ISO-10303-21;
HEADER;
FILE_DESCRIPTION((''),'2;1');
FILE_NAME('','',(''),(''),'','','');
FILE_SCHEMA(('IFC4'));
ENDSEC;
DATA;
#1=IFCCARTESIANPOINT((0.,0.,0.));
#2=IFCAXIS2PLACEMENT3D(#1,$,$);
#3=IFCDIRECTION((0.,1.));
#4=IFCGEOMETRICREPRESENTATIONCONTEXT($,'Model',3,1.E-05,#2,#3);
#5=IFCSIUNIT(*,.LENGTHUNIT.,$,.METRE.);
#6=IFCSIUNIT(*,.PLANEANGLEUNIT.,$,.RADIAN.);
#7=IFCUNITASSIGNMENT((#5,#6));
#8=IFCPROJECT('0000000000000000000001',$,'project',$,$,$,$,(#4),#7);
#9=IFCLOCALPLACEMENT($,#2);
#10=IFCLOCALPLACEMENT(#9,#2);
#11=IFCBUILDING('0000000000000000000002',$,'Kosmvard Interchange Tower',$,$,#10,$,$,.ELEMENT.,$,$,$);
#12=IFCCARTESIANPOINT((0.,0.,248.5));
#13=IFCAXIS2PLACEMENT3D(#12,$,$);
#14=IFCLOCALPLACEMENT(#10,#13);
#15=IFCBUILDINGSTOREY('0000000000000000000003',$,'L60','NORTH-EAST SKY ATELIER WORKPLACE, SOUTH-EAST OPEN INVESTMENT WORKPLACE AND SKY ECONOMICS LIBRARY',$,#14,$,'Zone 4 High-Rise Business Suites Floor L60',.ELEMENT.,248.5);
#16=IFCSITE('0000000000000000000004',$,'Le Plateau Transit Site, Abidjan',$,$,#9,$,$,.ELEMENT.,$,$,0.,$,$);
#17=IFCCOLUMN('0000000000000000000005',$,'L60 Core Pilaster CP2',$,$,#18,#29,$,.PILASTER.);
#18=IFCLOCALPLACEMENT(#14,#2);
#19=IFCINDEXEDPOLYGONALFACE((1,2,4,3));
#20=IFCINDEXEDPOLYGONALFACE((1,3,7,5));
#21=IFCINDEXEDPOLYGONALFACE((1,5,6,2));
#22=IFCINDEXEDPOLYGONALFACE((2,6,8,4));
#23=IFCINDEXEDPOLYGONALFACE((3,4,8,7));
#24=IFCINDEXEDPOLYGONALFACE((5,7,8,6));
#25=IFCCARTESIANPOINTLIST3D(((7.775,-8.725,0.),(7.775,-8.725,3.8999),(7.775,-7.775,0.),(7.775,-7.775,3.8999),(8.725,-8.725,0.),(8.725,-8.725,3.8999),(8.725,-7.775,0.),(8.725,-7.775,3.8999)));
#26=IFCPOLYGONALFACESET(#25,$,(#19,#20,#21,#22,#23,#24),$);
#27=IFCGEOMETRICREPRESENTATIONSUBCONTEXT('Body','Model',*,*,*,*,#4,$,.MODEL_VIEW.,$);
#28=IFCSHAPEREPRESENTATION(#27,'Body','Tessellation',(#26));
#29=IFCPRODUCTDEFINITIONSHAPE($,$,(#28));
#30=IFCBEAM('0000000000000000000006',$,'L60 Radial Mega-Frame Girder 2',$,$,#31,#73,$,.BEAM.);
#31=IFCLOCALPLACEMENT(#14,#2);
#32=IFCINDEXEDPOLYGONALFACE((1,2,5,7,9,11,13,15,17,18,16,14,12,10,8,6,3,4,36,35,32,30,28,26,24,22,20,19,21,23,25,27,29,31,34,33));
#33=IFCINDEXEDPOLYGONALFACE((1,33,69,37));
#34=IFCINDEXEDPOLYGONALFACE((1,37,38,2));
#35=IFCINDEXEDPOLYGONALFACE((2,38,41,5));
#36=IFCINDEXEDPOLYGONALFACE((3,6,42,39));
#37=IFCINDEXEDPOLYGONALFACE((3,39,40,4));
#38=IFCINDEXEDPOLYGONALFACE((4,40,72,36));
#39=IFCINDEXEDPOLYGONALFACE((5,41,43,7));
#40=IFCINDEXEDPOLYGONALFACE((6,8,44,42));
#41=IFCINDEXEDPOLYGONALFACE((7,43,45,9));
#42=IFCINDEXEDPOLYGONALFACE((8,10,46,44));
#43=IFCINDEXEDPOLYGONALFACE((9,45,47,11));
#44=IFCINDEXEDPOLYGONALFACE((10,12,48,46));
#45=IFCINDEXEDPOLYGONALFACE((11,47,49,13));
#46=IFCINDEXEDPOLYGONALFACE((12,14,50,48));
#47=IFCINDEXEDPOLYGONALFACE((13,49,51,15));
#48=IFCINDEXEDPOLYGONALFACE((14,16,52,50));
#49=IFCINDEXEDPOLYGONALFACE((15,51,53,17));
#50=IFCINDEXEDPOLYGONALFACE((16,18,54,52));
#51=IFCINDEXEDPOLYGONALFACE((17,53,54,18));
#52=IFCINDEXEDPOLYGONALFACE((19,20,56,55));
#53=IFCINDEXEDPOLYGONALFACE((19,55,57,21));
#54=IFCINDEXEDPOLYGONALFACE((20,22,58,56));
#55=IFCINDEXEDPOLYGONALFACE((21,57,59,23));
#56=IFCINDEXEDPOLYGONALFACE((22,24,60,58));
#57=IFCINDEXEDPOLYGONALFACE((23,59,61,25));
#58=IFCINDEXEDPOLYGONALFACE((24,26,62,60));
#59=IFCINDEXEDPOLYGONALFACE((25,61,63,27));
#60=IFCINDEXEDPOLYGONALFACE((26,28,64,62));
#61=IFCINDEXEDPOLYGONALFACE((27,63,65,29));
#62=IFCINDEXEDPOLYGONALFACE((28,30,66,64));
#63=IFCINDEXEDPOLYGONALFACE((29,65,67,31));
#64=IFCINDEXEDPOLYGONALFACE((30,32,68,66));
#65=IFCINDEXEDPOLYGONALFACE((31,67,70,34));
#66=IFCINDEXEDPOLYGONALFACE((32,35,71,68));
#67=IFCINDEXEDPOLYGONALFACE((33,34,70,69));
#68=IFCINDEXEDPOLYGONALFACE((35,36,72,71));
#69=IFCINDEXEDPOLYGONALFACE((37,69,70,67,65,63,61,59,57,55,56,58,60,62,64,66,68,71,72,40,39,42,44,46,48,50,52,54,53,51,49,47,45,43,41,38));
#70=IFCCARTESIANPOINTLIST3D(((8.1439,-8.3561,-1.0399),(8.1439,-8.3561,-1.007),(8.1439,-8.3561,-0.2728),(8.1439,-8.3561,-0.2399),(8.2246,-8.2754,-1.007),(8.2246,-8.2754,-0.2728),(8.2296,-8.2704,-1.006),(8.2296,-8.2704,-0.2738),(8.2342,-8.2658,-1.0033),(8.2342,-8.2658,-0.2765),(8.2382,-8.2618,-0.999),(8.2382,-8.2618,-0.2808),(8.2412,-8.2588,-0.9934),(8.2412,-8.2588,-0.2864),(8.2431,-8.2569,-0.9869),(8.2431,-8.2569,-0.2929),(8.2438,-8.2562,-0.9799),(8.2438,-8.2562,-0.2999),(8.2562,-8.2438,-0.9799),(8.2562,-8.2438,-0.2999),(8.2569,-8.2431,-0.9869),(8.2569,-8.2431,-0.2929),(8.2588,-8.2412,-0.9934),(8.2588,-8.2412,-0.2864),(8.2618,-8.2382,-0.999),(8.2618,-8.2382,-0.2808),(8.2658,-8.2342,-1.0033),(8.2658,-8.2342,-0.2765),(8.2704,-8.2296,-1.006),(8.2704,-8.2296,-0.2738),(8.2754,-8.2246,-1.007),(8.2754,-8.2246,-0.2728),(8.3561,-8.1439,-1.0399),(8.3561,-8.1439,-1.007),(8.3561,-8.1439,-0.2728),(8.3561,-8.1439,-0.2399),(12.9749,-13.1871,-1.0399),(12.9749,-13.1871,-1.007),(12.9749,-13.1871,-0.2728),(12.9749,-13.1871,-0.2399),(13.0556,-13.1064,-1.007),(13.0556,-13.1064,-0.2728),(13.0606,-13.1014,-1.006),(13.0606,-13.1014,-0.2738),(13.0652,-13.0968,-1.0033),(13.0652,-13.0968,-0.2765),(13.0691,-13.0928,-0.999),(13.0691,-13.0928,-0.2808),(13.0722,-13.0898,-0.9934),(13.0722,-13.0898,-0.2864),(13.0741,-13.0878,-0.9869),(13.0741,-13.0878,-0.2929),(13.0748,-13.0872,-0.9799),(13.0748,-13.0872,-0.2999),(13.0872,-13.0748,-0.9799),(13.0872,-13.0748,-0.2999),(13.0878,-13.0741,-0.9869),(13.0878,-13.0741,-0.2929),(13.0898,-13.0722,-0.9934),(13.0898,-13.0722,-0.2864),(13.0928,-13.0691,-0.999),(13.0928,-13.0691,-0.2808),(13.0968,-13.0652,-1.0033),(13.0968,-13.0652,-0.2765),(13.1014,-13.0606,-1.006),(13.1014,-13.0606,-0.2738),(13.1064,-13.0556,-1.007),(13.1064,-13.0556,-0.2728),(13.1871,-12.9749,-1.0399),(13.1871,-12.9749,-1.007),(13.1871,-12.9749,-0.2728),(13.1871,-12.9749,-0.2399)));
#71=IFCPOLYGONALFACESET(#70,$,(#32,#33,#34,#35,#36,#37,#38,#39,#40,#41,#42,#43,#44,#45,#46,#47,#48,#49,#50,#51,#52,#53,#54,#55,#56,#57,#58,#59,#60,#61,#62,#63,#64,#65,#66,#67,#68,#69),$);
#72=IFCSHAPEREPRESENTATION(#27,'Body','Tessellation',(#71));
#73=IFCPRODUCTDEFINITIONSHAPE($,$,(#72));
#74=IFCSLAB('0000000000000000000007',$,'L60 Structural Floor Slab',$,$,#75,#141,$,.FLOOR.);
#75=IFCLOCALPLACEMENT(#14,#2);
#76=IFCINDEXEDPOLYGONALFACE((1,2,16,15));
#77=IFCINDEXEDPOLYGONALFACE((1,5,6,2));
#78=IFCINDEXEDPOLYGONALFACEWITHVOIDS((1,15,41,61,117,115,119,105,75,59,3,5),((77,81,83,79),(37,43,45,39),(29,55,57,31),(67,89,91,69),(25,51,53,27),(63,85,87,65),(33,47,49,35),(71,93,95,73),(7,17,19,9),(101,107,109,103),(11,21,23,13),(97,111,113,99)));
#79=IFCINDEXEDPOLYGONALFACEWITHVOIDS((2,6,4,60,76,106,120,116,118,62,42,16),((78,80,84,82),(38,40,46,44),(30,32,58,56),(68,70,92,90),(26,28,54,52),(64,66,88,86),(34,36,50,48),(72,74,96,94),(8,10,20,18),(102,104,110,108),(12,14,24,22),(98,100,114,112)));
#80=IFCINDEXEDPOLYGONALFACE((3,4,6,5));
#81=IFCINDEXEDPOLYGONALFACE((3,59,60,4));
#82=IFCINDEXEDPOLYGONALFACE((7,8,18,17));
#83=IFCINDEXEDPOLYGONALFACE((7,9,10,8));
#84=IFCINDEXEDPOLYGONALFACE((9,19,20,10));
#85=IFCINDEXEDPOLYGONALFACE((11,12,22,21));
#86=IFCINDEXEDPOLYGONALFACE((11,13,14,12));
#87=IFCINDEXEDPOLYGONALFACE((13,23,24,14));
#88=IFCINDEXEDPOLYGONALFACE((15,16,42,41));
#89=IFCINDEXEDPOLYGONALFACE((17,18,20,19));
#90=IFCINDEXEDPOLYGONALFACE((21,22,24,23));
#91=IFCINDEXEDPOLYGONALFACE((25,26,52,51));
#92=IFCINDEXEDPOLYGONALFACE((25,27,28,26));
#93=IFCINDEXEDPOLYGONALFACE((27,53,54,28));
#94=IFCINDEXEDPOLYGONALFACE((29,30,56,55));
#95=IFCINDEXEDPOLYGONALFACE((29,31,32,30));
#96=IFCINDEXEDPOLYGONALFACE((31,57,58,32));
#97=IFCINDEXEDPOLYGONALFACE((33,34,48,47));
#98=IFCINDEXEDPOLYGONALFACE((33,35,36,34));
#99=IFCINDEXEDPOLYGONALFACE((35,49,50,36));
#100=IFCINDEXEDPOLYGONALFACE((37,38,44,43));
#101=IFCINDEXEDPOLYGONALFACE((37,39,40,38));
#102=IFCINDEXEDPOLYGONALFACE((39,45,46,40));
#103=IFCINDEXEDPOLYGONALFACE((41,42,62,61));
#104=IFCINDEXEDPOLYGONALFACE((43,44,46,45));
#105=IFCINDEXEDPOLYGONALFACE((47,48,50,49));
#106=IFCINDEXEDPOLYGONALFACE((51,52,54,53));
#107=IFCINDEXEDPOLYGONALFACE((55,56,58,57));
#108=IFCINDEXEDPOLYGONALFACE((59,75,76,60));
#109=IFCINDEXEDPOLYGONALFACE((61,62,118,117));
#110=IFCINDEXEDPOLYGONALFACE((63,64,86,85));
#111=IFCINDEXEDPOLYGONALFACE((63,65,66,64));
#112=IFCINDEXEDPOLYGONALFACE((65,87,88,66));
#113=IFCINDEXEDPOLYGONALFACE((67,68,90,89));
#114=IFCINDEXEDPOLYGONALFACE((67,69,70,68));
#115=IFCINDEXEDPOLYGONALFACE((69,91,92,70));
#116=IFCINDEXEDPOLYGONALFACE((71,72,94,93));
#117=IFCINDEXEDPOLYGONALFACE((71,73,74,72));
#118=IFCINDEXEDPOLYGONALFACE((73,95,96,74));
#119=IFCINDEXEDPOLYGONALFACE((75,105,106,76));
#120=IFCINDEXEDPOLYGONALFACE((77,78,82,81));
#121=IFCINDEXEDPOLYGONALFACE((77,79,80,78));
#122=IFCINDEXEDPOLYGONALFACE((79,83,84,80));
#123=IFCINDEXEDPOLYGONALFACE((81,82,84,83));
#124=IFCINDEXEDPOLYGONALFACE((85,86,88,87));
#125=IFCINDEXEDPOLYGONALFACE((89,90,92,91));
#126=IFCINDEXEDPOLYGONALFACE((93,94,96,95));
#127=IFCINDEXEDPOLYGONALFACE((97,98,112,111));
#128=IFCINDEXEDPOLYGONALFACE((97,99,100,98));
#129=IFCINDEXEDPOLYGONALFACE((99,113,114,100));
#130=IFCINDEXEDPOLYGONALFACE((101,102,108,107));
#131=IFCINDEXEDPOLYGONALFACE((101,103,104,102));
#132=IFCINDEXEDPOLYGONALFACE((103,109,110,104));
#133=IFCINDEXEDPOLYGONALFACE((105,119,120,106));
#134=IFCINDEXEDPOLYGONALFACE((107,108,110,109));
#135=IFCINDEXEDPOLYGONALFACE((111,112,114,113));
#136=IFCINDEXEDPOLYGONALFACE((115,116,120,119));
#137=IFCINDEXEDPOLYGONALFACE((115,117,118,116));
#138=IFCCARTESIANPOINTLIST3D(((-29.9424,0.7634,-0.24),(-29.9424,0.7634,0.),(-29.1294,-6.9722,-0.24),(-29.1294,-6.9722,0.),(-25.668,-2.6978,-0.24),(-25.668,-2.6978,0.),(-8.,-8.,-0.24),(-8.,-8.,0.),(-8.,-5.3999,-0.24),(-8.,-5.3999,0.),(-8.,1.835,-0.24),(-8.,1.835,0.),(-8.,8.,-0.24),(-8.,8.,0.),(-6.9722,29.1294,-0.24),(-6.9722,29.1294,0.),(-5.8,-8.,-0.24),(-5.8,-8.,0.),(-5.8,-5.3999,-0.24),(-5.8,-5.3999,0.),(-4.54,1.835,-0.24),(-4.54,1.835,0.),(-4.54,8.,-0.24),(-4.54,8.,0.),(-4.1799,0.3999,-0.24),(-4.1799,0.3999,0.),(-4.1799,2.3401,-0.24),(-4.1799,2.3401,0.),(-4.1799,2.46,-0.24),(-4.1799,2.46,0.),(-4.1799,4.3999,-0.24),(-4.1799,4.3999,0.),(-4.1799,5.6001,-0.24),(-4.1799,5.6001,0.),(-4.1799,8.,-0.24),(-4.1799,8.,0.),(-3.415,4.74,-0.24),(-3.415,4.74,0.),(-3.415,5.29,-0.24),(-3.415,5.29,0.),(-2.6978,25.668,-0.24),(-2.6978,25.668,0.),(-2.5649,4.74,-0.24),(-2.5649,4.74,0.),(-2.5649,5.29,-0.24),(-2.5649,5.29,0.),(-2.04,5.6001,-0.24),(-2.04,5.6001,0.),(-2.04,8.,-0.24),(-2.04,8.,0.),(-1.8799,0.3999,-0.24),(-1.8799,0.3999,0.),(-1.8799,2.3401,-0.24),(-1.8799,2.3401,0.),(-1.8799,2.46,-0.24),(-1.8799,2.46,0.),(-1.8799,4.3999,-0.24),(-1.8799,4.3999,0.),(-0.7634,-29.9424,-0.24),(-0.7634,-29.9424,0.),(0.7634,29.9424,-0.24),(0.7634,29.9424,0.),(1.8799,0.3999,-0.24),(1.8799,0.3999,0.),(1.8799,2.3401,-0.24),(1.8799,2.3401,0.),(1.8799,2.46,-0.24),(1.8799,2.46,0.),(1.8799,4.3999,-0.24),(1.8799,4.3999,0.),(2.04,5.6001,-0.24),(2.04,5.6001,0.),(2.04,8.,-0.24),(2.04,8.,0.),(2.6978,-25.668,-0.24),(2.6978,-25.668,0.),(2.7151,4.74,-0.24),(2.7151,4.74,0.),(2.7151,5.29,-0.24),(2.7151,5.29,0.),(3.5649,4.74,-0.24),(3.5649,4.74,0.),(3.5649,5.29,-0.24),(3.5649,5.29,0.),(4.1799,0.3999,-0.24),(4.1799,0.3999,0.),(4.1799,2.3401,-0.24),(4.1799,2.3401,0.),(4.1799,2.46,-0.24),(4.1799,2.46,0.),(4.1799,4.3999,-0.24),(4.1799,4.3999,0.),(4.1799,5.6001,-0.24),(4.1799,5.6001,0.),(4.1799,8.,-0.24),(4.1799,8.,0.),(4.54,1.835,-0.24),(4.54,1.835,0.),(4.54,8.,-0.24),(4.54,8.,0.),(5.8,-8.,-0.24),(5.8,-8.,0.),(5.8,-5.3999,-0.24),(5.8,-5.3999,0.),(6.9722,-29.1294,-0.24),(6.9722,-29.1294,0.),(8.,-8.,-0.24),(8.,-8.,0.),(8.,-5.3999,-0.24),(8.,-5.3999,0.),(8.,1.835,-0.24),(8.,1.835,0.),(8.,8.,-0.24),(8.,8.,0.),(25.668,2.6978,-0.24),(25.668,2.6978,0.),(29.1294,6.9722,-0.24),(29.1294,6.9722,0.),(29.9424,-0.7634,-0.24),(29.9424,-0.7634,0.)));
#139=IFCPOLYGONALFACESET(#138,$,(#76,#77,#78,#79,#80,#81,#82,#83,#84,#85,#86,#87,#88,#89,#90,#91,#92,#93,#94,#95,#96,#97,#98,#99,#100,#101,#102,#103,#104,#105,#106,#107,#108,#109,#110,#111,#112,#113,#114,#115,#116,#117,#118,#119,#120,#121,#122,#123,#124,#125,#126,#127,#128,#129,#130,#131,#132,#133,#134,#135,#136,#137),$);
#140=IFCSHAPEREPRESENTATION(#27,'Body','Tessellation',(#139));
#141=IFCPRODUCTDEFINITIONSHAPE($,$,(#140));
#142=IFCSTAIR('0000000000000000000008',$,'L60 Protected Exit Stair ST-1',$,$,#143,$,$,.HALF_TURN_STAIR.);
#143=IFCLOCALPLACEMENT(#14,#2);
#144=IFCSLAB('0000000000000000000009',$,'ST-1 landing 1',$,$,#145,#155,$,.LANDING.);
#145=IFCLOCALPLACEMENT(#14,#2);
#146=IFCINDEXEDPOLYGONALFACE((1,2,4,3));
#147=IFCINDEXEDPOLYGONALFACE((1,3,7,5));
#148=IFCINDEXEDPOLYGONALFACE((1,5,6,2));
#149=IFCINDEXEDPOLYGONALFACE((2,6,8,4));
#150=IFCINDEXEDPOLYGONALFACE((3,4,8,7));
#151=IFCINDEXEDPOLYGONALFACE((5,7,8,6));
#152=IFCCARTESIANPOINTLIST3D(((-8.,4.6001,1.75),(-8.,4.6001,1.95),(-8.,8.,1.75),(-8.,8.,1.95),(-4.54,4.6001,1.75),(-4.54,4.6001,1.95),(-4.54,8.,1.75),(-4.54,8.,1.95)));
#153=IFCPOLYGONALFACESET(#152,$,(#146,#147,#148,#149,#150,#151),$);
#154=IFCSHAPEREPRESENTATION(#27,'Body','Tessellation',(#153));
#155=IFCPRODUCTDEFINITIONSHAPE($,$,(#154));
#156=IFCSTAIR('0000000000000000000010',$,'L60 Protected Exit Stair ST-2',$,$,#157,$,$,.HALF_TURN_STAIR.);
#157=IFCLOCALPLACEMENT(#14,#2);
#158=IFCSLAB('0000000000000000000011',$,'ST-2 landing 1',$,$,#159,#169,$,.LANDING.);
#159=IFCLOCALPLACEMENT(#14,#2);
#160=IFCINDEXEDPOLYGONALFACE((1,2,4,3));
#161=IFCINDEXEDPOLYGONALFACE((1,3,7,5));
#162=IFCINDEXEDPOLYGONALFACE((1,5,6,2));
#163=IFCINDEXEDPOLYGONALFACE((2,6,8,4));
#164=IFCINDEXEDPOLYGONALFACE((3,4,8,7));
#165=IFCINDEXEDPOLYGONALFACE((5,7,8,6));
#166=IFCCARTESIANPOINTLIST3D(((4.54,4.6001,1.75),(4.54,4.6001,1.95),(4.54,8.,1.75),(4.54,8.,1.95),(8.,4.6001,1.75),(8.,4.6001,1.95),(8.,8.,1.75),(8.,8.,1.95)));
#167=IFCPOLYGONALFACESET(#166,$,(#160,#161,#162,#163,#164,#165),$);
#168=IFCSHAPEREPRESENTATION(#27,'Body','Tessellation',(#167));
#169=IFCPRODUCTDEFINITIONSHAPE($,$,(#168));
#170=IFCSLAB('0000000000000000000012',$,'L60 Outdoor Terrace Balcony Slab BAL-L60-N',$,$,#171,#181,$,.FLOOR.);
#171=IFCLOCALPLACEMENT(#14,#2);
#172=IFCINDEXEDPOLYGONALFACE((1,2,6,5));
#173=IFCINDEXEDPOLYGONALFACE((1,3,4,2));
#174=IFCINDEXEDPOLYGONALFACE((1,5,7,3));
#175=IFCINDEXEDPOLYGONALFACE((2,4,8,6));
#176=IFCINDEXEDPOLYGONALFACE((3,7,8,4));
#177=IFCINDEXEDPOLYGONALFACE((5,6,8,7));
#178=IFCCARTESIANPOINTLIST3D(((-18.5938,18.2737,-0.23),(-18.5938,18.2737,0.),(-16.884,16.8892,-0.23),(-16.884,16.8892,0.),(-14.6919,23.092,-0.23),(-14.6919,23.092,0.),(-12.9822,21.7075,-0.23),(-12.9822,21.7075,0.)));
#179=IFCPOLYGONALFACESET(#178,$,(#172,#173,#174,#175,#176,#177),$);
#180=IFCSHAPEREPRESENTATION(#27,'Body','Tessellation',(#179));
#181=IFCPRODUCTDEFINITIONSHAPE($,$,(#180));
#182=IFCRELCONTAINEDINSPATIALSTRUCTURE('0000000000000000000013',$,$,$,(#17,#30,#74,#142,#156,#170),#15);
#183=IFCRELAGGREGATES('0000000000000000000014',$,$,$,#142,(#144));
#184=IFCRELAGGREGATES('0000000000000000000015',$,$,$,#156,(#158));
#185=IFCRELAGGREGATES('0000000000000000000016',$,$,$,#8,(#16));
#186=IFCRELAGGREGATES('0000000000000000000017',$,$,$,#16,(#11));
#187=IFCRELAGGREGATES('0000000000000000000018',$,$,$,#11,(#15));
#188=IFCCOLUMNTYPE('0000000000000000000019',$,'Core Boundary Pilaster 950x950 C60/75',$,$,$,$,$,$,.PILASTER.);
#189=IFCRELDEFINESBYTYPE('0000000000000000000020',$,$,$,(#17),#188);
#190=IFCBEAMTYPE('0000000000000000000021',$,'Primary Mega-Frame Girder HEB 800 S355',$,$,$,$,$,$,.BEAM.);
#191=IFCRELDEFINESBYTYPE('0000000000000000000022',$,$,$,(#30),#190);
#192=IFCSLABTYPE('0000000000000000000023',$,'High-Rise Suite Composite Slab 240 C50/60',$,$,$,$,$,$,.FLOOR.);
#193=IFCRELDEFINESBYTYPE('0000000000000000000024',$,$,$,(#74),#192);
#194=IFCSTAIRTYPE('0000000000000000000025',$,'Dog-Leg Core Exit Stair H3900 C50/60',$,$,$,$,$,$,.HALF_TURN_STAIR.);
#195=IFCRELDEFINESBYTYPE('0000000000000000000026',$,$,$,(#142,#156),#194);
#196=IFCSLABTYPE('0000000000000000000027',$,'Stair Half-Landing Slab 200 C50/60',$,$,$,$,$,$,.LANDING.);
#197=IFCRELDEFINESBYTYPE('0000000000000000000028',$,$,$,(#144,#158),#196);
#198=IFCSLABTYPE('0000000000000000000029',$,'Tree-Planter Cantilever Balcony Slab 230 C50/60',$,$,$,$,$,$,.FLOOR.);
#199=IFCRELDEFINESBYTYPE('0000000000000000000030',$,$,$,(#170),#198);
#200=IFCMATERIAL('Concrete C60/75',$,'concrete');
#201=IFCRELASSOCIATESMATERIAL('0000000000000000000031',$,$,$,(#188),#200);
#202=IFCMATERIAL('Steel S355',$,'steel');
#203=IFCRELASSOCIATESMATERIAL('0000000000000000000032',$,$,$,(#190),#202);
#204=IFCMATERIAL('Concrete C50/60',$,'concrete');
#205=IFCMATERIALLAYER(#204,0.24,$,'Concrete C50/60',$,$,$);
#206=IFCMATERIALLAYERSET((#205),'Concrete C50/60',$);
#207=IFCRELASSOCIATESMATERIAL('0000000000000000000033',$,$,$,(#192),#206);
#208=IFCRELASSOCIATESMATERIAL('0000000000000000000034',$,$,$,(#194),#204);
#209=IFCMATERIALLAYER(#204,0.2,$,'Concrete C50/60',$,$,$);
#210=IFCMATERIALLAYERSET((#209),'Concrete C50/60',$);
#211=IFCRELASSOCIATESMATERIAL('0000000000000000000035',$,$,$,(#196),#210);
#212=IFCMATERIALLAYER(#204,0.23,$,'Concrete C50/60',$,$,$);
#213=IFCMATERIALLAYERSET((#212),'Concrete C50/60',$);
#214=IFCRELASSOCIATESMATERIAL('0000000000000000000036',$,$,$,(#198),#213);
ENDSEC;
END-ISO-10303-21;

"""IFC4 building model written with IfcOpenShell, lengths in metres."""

from ifc_helpers import new_model, si_unit, direction, frame, origin, origin_2d, place, context, subcontext, project, spatial, polyline, rectangle, i_section, outline, extrude, source, transform, mapped, material, layer, layer_set, material_profile, profile_set, type_object, element, aggregate, save


model = new_model("IFC4")

# Units and contexts
model_context = context("Model", 3, precision=1e-05, world=origin(), true_north=direction((0.0, 1.0)))
body_context = subcontext(model_context, "Body", "Model", "MODEL_VIEW")
ifc_project = project(units=[si_unit("LENGTHUNIT", "METRE"), si_unit("PLANEANGLEUNIT", "RADIAN")], contexts=[model_context])

# Site, building, storey
site_placement = place(None, origin())
site = spatial("IfcSite", under=ifc_project, at=site_placement, Name="Le Plateau Transit Site, Abidjan", CompositionType="ELEMENT", RefElevation=0.0)
building_placement = place(site_placement, origin())
building = spatial("IfcBuilding", under=site, at=building_placement, Name="Kosmvard Interchange Tower", CompositionType="ELEMENT")
storey_placement = place(building_placement, frame((0.0, 0.0, 248.5)))
storey = spatial("IfcBuildingStorey", under=building, at=storey_placement, Name="L60", Description="NORTH-EAST SKY ATELIER WORKPLACE, SOUTH-EAST OPEN INVESTMENT WORKPLACE AND SKY ECONOMICS LIBRARY", LongName="Zone 4 High-Rise Business Suites Floor L60", CompositionType="ELEMENT", Elevation=248.5)

# Column
ifc_material_1 = material(Name="Concrete C60/75", Category="concrete")
ifc_material_profile_1 = material_profile(ifc_material_1, rectangle(XDim=0.95, YDim=0.95, at=origin_2d()), Name="CP 950x950")
ifc_profile_set_1 = profile_set([ifc_material_profile_1], Name="Concrete C60/75")
column_type = type_object("IfcColumnType", Name="Core Boundary Pilaster 950x950 C60/75", PredefinedType="PILASTER", material=ifc_profile_set_1)
shared_shape_1 = source(origin(), body_context, "Body", "SweptSolid", [
    extrude(rectangle(XDim=0.95, YDim=0.95, at=origin_2d()), origin(), (0.0, 0.0, 1.0), 3.8999),
])
column_placement = place(storey_placement, frame((8.25, -8.25, 0.0), z_axis=(0.0, 0.0, 1.0), x_axis=(1.0, 0.0, 0.0)))
element("IfcColumn", 1, at=column_placement, inside=storey, type_object=column_type, Name="L60 Core Pilaster CP2", PredefinedType="PILASTER", context=body_context, shape_type="MappedRepresentation", body=[
    mapped(shared_shape_1, transform((0.0, 0.0, 0.0), scale=1.0)),
])

# Beam
ifc_material_2 = material(Name="Steel S355", Category="steel")
ifc_material_profile_2 = material_profile(ifc_material_2, i_section(OverallWidth=0.3, OverallDepth=0.8, WebThickness=0.0176, FlangeThickness=0.033, FilletRadius=0.0271, at=origin_2d()), Name="HEB 800")
ifc_profile_set_2 = profile_set([ifc_material_profile_2], Name="Steel S355")
beam_type = type_object("IfcBeamType", Name="Primary Mega-Frame Girder HEB 800 S355", PredefinedType="BEAM", material=ifc_profile_set_2)
shared_shape_2 = source(origin(), body_context, "Body", "SweptSolid", [
    extrude(i_section(OverallWidth=0.3, OverallDepth=0.8, WebThickness=0.0176, FlangeThickness=0.033, FilletRadius=0.0271, at=origin_2d()), origin(), (0.0, 0.0, 1.0), 6.832),
])
beam_placement = place(storey_placement, frame((8.25, -8.25, -0.6399), z_axis=(0.707107, -0.707107, 0.0), x_axis=(0.707107, 0.707107, 0.0)))
element("IfcBeam", 2, at=beam_placement, inside=storey, type_object=beam_type, Name="L60 Radial Mega-Frame Girder 2", PredefinedType="BEAM", context=body_context, shape_type="MappedRepresentation", body=[
    mapped(shared_shape_2, transform((0.0, 0.0, 0.0), scale=1.0)),
])

# Slab
ifc_material_3 = material(Name="Concrete C50/60", Category="concrete")
ifc_layer_1 = layer(ifc_material_3, 0.24, Name="Concrete C50/60")
ifc_layer_set_1 = layer_set([ifc_layer_1], Name="Concrete C50/60")
slab_type_1 = type_object("IfcSlabType", Name="High-Rise Suite Composite Slab 240 C50/60", PredefinedType="FLOOR", material=ifc_layer_set_1)
slab_1_placement = place(storey_placement, frame((0.0, 0.0, -0.24)))
element("IfcSlab", 3, at=slab_1_placement, inside=storey, type_object=slab_type_1, Name="L60 Structural Floor Slab", PredefinedType="FLOOR", context=body_context, shape_type="SweptSolid", body=[
    extrude(outline(polyline([(6.9722, -29.1294), (29.9424, -0.7634), (25.668, 2.6978), (29.1294, 6.9722), (0.7634, 29.9424), (-2.6978, 25.668), (-6.9722, 29.1294), (-29.9424, 0.7634), (-25.668, -2.6978), (-29.1294, -6.9722), (-0.7634, -29.9424), (2.6978, -25.668), (6.9722, -29.1294)]), holes=[polyline([(-8.0, 1.835), (-4.54, 1.835), (-4.54, 8.0), (-8.0, 8.0), (-8.0, 1.835)]), polyline([(4.54, 1.835), (8.0, 1.835), (8.0, 8.0), (4.54, 8.0), (4.54, 1.835)]), polyline([(-8.0, -8.0), (-5.8, -8.0), (-5.8, -5.3999), (-8.0, -5.3999), (-8.0, -8.0)]), polyline([(5.8, -8.0), (8.0, -8.0), (8.0, -5.3999), (5.8, -5.3999), (5.8, -8.0)]), polyline([(-4.1799, 0.3999), (-1.8799, 0.3999), (-1.8799, 2.3401), (-4.1799, 2.3401), (-4.1799, 0.3999)]), polyline([(-4.1799, 2.46), (-1.8799, 2.46), (-1.8799, 4.3999), (-4.1799, 4.3999), (-4.1799, 2.46)]), polyline([(1.8799, 0.3999), (4.1799, 0.3999), (4.1799, 2.3401), (1.8799, 2.3401), (1.8799, 0.3999)]), polyline([(1.8799, 2.46), (4.1799, 2.46), (4.1799, 4.3999), (1.8799, 4.3999), (1.8799, 2.46)]), polyline([(-4.1799, 5.6001), (-2.04, 5.6001), (-2.04, 8.0), (-4.1799, 8.0), (-4.1799, 5.6001)]), polyline([(2.04, 5.6001), (4.1799, 5.6001), (4.1799, 8.0), (2.04, 8.0), (2.04, 5.6001)]), polyline([(-3.415, 4.74), (-2.5649, 4.74), (-2.5649, 5.29), (-3.415, 5.29), (-3.415, 4.74)]), polyline([(2.7151, 4.74), (3.5649, 4.74), (3.5649, 5.29), (2.7151, 5.29), (2.7151, 4.74)])]), origin(), (0.0, 0.0, 1.0), 0.24),
])

# Stairs, slabs
stair_type = type_object("IfcStairType", Name="Dog-Leg Core Exit Stair H3900 C50/60", PredefinedType="HALF_TURN_STAIR", material=ifc_material_3)
stair_1_placement = place(storey_placement, origin())
stair_1 = element("IfcStair", 4, at=stair_1_placement, inside=storey, type_object=stair_type, Name="L60 Protected Exit Stair ST-1", PredefinedType="HALF_TURN_STAIR")
ifc_layer_2 = layer(ifc_material_3, 0.2, Name="Concrete C50/60")
ifc_layer_set_2 = layer_set([ifc_layer_2], Name="Concrete C50/60")
slab_type_2 = type_object("IfcSlabType", Name="Stair Half-Landing Slab 200 C50/60", PredefinedType="LANDING", material=ifc_layer_set_2)
slab_2_placement = place(storey_placement, frame((0.0, 0.0, 1.75)))
slab_2 = element("IfcSlab", 5, at=slab_2_placement, type_object=slab_type_2, Name="ST-1 landing 1", PredefinedType="LANDING", context=body_context, shape_type="SweptSolid", body=[
    extrude(outline(polyline([(-4.54, 4.6001), (-4.54, 8.0), (-8.0, 8.0), (-8.0, 4.6001), (-4.54, 4.6001)])), origin(), (0.0, 0.0, 1.0), 0.2),
])
aggregate(stair_1, [slab_2])
stair_2_placement = place(storey_placement, origin())
stair_2 = element("IfcStair", 6, at=stair_2_placement, inside=storey, type_object=stair_type, Name="L60 Protected Exit Stair ST-2", PredefinedType="HALF_TURN_STAIR")
slab_3_placement = place(storey_placement, frame((0.0, 0.0, 1.75)))
slab_3 = element("IfcSlab", 7, at=slab_3_placement, type_object=slab_type_2, Name="ST-2 landing 1", PredefinedType="LANDING", context=body_context, shape_type="SweptSolid", body=[
    extrude(outline(polyline([(8.0, 4.6001), (8.0, 8.0), (4.54, 8.0), (4.54, 4.6001), (8.0, 4.6001)])), origin(), (0.0, 0.0, 1.0), 0.2),
])
aggregate(stair_2, [slab_3])

# Slab
ifc_layer_3 = layer(ifc_material_3, 0.23, Name="Concrete C50/60")
ifc_layer_set_3 = layer_set([ifc_layer_3], Name="Concrete C50/60")
slab_type_3 = type_object("IfcSlabType", Name="Tree-Planter Cantilever Balcony Slab 230 C50/60", PredefinedType="FLOOR", material=ifc_layer_set_3)
slab_4_placement = place(storey_placement, frame((0.0, 0.0, -0.23)))
element("IfcSlab", 8, at=slab_4_placement, inside=storey, type_object=slab_type_3, Name="L60 Outdoor Terrace Balcony Slab BAL-L60-N", PredefinedType="FLOOR", context=body_context, shape_type="SweptSolid", body=[
    extrude(outline(polyline([(-16.884, 16.8892), (-12.9822, 21.7075), (-14.6919, 23.092), (-18.5938, 18.2737), (-16.884, 16.8892)])), origin(), (0.0, 0.0, 1.0), 0.23),
])

save(model, "model.ifc")
